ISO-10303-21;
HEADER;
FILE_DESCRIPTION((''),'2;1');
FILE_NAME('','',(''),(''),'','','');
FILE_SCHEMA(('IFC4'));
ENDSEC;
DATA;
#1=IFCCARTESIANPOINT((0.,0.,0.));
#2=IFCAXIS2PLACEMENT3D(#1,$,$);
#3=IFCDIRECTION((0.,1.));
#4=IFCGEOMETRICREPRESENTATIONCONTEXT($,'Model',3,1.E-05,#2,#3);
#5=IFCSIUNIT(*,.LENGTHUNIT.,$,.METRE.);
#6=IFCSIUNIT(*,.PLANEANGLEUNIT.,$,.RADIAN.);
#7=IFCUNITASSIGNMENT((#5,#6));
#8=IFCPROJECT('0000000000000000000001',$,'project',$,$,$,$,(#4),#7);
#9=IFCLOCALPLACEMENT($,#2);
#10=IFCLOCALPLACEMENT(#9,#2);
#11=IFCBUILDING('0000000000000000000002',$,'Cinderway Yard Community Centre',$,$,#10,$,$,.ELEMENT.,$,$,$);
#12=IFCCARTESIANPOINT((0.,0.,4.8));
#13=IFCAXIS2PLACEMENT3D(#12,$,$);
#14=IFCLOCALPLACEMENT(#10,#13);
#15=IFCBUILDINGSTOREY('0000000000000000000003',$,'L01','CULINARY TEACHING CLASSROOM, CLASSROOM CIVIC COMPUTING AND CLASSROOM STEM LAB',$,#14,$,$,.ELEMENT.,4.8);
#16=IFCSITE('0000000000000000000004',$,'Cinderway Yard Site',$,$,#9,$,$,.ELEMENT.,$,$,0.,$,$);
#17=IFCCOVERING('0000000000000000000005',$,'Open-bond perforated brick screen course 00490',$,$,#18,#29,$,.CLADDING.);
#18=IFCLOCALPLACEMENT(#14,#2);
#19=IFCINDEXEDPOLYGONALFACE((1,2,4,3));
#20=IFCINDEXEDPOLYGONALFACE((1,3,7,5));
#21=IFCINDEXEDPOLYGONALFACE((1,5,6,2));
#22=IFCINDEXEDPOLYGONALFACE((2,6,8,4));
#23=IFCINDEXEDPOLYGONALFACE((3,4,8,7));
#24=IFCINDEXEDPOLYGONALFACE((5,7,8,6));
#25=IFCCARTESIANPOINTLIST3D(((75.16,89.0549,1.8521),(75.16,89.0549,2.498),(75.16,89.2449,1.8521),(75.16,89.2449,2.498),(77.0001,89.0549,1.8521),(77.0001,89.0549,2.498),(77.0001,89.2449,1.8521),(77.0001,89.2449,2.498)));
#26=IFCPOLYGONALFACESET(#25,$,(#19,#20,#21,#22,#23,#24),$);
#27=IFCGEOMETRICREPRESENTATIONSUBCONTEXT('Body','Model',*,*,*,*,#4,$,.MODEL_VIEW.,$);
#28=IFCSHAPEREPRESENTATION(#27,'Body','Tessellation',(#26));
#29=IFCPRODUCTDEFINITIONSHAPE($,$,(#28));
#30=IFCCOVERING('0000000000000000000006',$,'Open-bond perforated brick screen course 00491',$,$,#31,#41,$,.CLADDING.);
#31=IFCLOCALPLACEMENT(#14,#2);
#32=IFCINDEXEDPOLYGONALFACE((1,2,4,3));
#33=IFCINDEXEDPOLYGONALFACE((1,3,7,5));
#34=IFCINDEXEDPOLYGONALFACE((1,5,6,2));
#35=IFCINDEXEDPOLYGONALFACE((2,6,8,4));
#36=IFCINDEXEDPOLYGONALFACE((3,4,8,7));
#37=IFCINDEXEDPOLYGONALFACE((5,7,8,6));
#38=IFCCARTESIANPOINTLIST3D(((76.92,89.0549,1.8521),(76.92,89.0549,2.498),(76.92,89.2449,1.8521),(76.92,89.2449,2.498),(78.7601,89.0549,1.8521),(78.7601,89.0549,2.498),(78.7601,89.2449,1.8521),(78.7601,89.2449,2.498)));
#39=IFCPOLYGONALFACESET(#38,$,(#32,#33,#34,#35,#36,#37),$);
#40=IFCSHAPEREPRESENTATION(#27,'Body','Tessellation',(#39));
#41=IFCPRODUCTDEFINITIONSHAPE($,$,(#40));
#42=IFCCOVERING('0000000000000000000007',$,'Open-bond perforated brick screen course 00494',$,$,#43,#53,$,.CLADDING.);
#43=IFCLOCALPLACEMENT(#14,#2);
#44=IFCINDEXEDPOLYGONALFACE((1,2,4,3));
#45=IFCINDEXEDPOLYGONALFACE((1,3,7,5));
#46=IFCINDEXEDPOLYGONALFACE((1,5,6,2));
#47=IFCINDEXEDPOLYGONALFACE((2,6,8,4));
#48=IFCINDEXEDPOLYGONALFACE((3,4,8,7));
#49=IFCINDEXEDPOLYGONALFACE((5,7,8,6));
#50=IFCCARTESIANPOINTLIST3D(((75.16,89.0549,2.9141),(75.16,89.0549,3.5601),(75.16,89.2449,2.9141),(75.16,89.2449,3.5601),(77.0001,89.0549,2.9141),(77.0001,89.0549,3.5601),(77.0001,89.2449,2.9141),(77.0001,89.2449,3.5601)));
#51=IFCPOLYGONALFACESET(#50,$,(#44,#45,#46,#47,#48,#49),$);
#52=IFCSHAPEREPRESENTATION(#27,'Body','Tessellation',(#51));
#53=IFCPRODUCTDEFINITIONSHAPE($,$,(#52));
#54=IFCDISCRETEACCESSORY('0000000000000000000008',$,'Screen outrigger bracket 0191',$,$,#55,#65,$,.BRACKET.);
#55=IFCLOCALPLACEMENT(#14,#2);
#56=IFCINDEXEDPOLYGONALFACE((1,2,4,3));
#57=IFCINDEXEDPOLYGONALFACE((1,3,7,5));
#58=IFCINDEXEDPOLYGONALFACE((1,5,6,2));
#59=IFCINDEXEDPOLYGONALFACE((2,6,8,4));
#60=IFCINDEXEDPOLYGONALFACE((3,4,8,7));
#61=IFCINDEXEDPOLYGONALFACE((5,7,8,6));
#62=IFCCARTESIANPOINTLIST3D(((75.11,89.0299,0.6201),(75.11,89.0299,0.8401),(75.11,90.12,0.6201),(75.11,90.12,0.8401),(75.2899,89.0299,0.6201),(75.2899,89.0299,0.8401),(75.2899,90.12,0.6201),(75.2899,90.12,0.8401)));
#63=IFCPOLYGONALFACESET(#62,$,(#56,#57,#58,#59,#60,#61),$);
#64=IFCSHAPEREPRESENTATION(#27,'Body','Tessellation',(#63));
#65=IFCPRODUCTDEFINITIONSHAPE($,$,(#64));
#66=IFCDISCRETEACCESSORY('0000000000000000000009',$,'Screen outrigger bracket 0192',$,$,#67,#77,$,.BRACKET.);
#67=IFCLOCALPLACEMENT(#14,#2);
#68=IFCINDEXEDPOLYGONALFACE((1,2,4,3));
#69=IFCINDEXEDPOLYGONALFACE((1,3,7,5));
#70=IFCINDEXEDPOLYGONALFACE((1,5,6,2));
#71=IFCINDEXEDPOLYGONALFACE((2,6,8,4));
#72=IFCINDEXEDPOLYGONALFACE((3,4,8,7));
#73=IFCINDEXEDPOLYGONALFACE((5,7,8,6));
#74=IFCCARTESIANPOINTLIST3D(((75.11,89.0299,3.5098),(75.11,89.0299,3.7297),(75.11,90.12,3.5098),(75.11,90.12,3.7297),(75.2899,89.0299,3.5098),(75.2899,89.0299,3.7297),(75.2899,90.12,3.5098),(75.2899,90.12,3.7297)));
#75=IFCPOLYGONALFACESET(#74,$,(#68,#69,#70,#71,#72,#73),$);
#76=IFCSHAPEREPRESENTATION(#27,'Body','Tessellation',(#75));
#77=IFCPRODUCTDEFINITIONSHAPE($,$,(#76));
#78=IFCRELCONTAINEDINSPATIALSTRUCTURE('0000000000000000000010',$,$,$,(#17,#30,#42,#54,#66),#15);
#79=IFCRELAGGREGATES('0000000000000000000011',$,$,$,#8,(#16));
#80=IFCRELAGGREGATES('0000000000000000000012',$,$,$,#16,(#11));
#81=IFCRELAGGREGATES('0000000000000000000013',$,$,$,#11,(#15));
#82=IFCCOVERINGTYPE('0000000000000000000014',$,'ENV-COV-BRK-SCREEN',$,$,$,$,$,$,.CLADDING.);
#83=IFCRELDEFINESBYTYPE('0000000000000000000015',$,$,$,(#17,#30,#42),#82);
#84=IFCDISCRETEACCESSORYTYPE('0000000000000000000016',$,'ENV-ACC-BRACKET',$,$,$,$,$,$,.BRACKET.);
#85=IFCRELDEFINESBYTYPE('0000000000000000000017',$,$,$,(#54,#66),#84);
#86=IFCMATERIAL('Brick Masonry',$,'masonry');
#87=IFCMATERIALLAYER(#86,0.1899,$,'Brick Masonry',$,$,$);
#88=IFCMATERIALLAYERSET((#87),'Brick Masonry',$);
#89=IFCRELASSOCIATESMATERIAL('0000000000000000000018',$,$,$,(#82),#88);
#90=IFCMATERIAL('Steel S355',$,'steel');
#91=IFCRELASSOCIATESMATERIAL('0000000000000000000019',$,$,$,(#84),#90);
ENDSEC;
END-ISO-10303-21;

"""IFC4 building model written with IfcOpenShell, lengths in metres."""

from ifc_helpers import new_model, si_unit, direction, frame, origin, origin_2d, place, context, subcontext, project, spatial, rectangle, extrude, material, layer, layer_set, type_object, element, save


model = new_model("IFC4")

# Units and contexts
model_context = context("Model", 3, precision=1e-05, world=origin(), true_north=direction((0.0, 1.0)))
body_context = subcontext(model_context, "Body", "Model", "MODEL_VIEW")
ifc_project = project(units=[si_unit("LENGTHUNIT", "METRE"), si_unit("PLANEANGLEUNIT", "RADIAN")], contexts=[model_context])

# Site, building, storey
site_placement = place(None, origin())
site = spatial("IfcSite", under=ifc_project, at=site_placement, Name="Cinderway Yard Site", CompositionType="ELEMENT", RefElevation=0.0)
building_placement = place(site_placement, origin())
building = spatial("IfcBuilding", under=site, at=building_placement, Name="Cinderway Yard Community Centre", CompositionType="ELEMENT")
storey_placement = place(building_placement, frame((0.0, 0.0, 4.8)))
storey = spatial("IfcBuildingStorey", under=building, at=storey_placement, Name="L01", Description="CULINARY TEACHING CLASSROOM, CLASSROOM CIVIC COMPUTING AND CLASSROOM STEM LAB", CompositionType="ELEMENT", Elevation=4.8)

# Shared definitions
ifc_material_1 = material(Name="Steel S355", Category="steel")

# Coverings
ifc_material_2 = material(Name="Brick Masonry", Category="masonry")
ifc_layer_1 = layer(ifc_material_2, 0.1899, Name="Brick Masonry")
ifc_layer_set_1 = layer_set([ifc_layer_1], Name="Brick Masonry")
covering_type = type_object("IfcCoveringType", Name="ENV-COV-BRK-SCREEN", PredefinedType="CLADDING", material=ifc_layer_set_1)
for number, where, z_axis, x_axis, name in (
    (1, (76.0801, 89.1499, 1.8521), (0.0, 0.0, 1.0), (-1.0, 0.0, 0.0), "Open-bond perforated brick screen course 00490"),
    (2, (77.8401, 89.1499, 1.8521), (0.0, 0.0, 1.0), (-1.0, 0.0, 0.0), "Open-bond perforated brick screen course 00491"),
    (3, (76.0801, 89.1499, 2.9141), (0.0, 0.0, 1.0), (-1.0, 0.0, 0.0), "Open-bond perforated brick screen course 00494"),
):
    element("IfcCovering", number, at=place(storey_placement, frame(where, z_axis=z_axis, x_axis=x_axis)), inside=storey, type_object=covering_type, Name=name, PredefinedType="CLADDING", context=body_context, shape_type="SweptSolid", body=[
        extrude(rectangle(XDim=1.8401, YDim=0.1899, at=origin_2d()), origin(), (0.0, 0.0, 1.0), 0.646),
    ])

# Discrete accessories
discrete_accessory_type = type_object("IfcDiscreteAccessoryType", Name="ENV-ACC-BRACKET", PredefinedType="BRACKET", material=ifc_material_1)
for number, where, z_axis, x_axis, name in (
    (4, (75.2, 89.575, 0.6201), (0.0, 0.0, 1.0), (0.0, -1.0, 0.0), "Screen outrigger bracket 0191"),
    (5, (75.2, 89.575, 3.5098), (0.0, 0.0, 1.0), (0.0, -1.0, 0.0), "Screen outrigger bracket 0192"),
):
    element("IfcDiscreteAccessory", number, at=place(storey_placement, frame(where, z_axis=z_axis, x_axis=x_axis)), inside=storey, type_object=discrete_accessory_type, Name=name, PredefinedType="BRACKET", context=body_context, shape_type="SweptSolid", body=[
        extrude(rectangle(XDim=1.0901, YDim=0.1799, at=origin_2d()), origin(), (0.0, 0.0, 1.0), 0.22),
    ])

save(model, "model.ifc")
